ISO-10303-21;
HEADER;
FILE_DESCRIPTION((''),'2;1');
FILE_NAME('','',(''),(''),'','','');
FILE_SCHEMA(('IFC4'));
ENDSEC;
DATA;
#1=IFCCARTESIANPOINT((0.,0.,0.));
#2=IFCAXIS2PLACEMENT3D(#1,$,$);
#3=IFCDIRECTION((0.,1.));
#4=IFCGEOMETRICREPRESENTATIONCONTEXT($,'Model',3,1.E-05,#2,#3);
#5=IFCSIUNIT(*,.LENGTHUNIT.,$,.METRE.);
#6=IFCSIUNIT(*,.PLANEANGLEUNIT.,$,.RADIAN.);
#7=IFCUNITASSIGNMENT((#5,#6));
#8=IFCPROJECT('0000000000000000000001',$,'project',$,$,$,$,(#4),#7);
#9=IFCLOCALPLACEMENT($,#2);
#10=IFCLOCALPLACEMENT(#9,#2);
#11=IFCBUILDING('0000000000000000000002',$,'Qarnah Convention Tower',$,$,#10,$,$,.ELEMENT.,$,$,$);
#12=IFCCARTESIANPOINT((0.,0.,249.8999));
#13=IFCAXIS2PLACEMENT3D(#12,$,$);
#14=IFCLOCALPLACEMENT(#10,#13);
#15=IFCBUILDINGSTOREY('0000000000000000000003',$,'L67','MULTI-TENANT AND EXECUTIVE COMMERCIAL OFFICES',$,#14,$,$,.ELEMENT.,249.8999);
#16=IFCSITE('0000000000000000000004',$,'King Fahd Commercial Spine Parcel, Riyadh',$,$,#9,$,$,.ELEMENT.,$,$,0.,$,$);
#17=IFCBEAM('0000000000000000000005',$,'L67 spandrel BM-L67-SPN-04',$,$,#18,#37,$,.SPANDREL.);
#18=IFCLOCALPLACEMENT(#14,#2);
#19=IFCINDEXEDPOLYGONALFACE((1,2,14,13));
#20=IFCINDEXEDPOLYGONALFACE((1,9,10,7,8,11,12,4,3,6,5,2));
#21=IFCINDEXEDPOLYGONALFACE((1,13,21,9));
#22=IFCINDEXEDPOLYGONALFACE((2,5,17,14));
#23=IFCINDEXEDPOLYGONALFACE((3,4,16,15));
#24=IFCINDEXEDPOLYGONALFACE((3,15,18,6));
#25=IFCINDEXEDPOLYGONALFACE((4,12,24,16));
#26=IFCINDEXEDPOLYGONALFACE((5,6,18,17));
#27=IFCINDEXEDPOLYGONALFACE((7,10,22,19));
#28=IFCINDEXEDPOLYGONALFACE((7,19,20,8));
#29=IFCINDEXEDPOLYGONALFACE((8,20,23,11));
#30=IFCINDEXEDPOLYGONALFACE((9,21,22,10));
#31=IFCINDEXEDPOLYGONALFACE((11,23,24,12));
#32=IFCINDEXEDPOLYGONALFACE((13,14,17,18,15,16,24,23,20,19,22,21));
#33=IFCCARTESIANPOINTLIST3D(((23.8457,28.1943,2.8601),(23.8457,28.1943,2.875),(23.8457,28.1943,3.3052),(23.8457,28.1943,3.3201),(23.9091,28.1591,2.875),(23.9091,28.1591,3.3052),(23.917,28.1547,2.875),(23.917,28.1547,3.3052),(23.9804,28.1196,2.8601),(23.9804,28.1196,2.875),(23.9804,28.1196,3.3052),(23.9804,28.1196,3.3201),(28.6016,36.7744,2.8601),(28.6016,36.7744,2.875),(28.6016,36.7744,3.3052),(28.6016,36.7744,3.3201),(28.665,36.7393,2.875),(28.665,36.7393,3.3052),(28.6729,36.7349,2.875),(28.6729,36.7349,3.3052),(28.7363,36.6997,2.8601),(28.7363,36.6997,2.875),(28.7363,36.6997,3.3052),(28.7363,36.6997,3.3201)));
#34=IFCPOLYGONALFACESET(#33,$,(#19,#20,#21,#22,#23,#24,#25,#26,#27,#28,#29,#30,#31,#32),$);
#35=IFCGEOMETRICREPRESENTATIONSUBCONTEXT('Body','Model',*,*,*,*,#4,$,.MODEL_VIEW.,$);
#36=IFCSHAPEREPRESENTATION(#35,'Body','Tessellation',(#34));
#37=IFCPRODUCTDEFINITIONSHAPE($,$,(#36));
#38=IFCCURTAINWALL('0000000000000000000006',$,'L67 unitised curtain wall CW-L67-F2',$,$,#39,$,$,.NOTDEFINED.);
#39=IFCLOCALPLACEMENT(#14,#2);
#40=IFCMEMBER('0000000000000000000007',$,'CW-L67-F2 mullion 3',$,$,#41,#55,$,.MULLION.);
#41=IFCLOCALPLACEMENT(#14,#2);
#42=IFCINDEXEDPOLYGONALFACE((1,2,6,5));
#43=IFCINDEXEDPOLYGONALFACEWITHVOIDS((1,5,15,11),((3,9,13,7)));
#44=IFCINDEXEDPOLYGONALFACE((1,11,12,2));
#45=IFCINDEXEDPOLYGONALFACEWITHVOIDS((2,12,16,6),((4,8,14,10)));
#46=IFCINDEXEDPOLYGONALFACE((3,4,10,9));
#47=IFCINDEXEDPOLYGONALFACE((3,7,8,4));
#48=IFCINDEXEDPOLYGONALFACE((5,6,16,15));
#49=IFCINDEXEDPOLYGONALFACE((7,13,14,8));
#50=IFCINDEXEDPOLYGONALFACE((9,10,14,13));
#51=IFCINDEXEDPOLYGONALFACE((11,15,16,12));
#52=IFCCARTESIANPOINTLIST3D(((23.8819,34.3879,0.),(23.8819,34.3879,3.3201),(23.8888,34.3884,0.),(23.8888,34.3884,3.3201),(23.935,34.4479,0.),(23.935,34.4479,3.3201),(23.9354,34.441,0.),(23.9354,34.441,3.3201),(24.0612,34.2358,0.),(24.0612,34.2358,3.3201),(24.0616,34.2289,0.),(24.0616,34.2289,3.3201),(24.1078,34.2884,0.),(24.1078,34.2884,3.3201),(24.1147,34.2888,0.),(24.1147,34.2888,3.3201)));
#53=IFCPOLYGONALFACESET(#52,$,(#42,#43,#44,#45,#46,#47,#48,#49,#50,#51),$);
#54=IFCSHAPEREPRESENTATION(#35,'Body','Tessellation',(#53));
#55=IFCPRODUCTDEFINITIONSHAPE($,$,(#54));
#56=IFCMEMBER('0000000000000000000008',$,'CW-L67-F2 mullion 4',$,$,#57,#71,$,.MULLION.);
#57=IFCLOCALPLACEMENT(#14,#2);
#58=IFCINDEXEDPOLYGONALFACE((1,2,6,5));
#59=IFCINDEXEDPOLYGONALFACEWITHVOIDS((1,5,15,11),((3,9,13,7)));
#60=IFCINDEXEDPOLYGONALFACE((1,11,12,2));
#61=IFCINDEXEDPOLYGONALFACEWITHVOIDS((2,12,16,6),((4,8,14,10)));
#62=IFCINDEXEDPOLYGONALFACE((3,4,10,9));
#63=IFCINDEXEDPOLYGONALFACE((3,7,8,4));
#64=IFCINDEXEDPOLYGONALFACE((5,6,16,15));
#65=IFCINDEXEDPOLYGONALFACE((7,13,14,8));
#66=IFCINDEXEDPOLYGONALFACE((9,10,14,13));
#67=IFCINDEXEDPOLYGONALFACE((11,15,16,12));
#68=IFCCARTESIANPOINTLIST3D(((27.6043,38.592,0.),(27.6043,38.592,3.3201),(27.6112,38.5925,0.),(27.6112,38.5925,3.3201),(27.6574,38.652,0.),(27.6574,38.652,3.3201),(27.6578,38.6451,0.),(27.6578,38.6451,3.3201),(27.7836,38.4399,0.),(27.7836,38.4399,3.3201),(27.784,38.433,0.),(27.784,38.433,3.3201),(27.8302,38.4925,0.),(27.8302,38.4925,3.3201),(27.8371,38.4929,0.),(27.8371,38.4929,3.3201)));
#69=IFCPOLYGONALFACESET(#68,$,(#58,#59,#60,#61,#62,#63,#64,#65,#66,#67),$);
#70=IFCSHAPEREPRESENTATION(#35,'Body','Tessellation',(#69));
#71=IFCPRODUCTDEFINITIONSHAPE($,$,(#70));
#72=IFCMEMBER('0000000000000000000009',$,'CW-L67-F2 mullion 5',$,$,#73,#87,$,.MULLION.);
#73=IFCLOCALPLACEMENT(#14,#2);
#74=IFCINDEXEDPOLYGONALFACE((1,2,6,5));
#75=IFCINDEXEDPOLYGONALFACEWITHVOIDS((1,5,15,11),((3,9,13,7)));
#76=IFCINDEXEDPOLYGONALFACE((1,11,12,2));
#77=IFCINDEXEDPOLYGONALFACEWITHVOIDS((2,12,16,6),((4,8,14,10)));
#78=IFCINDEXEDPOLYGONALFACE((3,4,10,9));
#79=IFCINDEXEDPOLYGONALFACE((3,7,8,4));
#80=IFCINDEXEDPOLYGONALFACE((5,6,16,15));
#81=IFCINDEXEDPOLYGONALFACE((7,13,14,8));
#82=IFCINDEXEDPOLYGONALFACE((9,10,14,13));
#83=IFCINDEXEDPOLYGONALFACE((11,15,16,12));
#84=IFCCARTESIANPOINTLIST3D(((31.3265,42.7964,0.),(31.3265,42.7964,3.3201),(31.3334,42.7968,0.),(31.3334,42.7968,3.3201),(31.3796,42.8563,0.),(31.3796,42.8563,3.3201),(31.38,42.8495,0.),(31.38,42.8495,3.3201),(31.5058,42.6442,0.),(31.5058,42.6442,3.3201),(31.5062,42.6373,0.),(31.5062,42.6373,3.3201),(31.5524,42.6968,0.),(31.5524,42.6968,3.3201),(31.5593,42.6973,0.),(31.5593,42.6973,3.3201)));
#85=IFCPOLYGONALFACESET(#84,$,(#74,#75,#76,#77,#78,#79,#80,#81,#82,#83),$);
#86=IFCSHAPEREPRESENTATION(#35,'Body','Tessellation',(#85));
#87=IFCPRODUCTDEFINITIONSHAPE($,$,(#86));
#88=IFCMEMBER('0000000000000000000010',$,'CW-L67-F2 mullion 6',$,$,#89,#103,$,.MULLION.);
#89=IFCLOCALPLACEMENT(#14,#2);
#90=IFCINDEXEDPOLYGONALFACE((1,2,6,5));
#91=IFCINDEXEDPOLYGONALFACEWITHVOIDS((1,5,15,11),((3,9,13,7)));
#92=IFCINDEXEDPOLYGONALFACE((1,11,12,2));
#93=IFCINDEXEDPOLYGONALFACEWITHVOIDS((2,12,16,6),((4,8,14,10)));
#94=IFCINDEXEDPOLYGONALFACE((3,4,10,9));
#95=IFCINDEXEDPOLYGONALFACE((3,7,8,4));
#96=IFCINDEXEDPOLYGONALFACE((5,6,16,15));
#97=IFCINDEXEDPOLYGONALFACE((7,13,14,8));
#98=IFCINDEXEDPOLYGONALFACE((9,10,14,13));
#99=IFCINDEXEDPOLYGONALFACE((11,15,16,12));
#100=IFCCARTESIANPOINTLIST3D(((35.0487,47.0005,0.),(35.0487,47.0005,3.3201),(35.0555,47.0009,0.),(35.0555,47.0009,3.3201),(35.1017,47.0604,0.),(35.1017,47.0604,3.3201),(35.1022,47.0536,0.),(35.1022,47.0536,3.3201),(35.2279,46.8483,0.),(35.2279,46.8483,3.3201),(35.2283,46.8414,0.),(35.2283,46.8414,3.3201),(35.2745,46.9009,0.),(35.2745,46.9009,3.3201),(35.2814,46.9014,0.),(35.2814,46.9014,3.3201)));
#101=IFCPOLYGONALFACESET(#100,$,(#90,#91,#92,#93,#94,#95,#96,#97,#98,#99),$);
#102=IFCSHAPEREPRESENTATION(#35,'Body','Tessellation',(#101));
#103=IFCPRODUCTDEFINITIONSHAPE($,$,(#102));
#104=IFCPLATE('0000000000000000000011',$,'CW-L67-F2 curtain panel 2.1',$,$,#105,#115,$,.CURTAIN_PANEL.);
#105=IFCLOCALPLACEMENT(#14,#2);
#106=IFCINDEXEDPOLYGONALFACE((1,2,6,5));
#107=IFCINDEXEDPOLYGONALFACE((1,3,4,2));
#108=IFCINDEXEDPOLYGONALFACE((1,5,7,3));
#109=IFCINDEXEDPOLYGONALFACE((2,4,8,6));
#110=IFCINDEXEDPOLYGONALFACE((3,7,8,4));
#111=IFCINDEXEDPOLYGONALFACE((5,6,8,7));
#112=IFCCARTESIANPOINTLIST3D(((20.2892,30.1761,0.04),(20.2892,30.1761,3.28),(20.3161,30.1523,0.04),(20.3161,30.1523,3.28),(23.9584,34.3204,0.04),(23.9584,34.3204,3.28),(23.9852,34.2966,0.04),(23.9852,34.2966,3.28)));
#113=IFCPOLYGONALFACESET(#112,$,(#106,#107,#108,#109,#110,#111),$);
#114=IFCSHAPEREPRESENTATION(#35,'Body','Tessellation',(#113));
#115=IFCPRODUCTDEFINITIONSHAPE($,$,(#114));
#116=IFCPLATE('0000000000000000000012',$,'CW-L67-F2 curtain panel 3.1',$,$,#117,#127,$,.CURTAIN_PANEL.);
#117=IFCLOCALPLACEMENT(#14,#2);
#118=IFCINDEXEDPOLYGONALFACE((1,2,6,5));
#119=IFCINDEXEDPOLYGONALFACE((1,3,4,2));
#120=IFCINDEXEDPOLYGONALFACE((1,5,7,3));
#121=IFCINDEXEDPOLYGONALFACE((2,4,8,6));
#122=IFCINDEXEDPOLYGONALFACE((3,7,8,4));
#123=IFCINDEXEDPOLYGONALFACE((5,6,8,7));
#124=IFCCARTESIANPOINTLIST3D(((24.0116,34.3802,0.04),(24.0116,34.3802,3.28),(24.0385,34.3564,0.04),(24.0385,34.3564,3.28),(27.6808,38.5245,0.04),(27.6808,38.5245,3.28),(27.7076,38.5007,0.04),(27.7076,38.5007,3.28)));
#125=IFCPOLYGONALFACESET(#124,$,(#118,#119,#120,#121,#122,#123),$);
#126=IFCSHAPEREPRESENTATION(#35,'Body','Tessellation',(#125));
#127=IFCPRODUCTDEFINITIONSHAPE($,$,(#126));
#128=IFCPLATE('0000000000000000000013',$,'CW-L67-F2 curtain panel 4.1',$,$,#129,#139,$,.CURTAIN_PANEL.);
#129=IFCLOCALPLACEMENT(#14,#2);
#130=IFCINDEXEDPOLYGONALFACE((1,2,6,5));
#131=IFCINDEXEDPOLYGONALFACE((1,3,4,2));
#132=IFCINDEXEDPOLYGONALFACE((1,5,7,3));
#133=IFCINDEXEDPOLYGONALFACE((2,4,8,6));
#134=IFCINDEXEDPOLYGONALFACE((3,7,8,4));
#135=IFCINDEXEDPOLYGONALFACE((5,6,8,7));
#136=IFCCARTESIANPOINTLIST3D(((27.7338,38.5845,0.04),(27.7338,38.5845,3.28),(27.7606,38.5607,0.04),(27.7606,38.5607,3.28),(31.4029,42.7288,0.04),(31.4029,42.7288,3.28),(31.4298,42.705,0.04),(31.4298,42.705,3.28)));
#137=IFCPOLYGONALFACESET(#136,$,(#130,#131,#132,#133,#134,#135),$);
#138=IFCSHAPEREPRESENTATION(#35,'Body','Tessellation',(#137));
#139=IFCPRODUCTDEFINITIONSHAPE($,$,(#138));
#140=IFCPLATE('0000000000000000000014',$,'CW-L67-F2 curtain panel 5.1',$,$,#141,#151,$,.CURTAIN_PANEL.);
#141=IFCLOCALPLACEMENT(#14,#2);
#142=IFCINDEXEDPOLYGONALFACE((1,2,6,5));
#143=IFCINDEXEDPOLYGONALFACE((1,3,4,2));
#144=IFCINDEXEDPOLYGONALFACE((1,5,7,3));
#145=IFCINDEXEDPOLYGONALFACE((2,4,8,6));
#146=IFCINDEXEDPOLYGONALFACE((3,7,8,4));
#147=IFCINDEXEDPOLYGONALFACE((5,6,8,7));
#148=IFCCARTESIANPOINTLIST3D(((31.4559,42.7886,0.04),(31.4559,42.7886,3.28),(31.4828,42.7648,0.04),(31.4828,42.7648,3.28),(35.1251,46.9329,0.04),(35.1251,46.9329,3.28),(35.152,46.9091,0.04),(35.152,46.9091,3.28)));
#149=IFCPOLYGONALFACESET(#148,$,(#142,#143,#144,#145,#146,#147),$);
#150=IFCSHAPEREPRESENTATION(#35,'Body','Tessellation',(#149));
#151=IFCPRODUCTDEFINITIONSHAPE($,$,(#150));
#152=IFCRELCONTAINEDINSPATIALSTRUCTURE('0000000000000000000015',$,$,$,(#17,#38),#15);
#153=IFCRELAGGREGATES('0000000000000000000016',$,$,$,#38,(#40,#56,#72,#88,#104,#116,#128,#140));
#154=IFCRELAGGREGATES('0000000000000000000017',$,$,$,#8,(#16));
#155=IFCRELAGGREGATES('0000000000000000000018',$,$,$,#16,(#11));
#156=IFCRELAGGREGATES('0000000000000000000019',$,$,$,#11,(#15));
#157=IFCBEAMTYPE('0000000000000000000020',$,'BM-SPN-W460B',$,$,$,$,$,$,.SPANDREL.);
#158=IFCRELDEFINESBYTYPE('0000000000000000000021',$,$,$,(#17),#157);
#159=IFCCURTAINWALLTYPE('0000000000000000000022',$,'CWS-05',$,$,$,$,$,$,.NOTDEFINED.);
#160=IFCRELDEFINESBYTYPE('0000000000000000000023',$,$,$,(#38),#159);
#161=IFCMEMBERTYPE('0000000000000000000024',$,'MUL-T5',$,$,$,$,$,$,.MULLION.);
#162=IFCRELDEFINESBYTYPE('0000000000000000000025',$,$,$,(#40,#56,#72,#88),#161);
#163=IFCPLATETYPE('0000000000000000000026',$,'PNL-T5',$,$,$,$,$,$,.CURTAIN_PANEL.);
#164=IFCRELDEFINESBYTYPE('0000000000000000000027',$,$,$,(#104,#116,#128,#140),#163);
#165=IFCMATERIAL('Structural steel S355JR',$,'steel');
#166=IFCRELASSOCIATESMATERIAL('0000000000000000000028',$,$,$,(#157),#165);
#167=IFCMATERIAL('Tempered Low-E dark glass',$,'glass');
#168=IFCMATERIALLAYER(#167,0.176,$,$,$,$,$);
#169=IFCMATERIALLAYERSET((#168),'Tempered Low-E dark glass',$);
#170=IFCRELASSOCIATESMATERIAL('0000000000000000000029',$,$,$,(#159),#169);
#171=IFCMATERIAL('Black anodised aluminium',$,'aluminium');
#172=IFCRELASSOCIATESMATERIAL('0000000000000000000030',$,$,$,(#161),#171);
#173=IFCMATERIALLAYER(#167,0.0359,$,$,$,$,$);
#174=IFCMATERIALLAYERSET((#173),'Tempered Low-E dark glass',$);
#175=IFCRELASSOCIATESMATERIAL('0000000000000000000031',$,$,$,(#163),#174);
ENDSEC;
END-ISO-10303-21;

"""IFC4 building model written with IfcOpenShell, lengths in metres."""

from ifc_helpers import new_model, si_unit, direction, frame, origin, origin_2d, place, context, subcontext, project, spatial, rectangle, hollow_rectangle, i_section, extrude, material, layer, layer_set, material_profile, profile_set, type_object, element, aggregate, save


model = new_model("IFC4")

# Units and contexts
model_context = context("Model", 3, precision=1e-05, world=origin(), true_north=direction((0.0, 1.0)))
body_context = subcontext(model_context, "Body", "Model", "MODEL_VIEW")
ifc_project = project(units=[si_unit("LENGTHUNIT", "METRE"), si_unit("PLANEANGLEUNIT", "RADIAN")], contexts=[model_context])

# Site, building, storey
site_placement = place(None, origin())
site = spatial("IfcSite", under=ifc_project, at=site_placement, Name="King Fahd Commercial Spine Parcel, Riyadh", CompositionType="ELEMENT", RefElevation=0.0)
building_placement = place(site_placement, origin())
building = spatial("IfcBuilding", under=site, at=building_placement, Name="Qarnah Convention Tower", CompositionType="ELEMENT")
storey_placement = place(building_placement, frame((0.0, 0.0, 249.8999)))
storey = spatial("IfcBuildingStorey", under=building, at=storey_placement, Name="L67", Description="MULTI-TENANT AND EXECUTIVE COMMERCIAL OFFICES", CompositionType="ELEMENT", Elevation=249.8999)

# Beam
ifc_material_1 = material(Name="Structural steel S355JR", Category="steel")
ifc_material_profile_1 = material_profile(ifc_material_1, i_section(OverallWidth=0.1541, OverallDepth=0.46, WebThickness=0.009, FlangeThickness=0.0149, at=origin_2d()), Name="W460X68")
ifc_profile_set_1 = profile_set([ifc_material_profile_1], Name="Structural steel S355JR")
beam_type_1 = type_object("IfcBeamType", Name="BM-SPN-W460B", PredefinedType="SPANDREL", material=ifc_profile_set_1)
beam_1_placement = place(storey_placement, frame((28.6689, 36.7371, 3.0901), z_axis=(-0.484797, -0.874626, 0.0), x_axis=(0.874626, -0.484797, 0.0)))
element("IfcBeam", 1, at=beam_1_placement, inside=storey, type_object=beam_type_1, Name="L67 spandrel BM-L67-SPN-04", PredefinedType="SPANDREL", context=body_context, shape_type="SweptSolid", body=[
    extrude(i_section(OverallWidth=0.1541, OverallDepth=0.46, WebThickness=0.009, FlangeThickness=0.0149, at=origin_2d()), origin(), (0.0, 0.0, 1.0), 9.8101),
])

# Curtain wall, members, plates
ifc_material_2 = material(Name="Tempered Low-E dark glass", Category="glass")
ifc_layer_1 = layer(ifc_material_2, 0.176)
ifc_layer_set_1 = layer_set([ifc_layer_1], Name="Tempered Low-E dark glass")
curtain_wall_type = type_object("IfcCurtainWallType", Name="CWS-05", PredefinedType="NOTDEFINED", material=ifc_layer_set_1)
curtain_wall_placement = place(storey_placement, origin())
curtain_wall = element("IfcCurtainWall", 2, at=curtain_wall_placement, inside=storey, type_object=curtain_wall_type, Name="L67 unitised curtain wall CW-L67-F2", PredefinedType="NOTDEFINED")
ifc_material_3 = material(Name="Black anodised aluminium", Category="aluminium")
ifc_material_profile_2 = material_profile(ifc_material_3, hollow_rectangle(XDim=0.0801, YDim=0.24, WallThickness=0.0049, at=origin_2d()), Name="MUL-80X240")
ifc_profile_set_2 = profile_set([ifc_material_profile_2], Name="Black anodised aluminium")
member_type = type_object("IfcMemberType", Name="MUL-T5", PredefinedType="MULLION", material=ifc_profile_set_2)
member_1_placement = place(storey_placement, frame((23.9983, 34.3384, 0.0), z_axis=(0.0, 0.0, 1.0), x_axis=(0.662884, 0.748723, 0.0)))
member_1 = element("IfcMember", 3, at=member_1_placement, type_object=member_type, Name="CW-L67-F2 mullion 3", PredefinedType="MULLION", context=body_context, shape_type="SweptSolid", body=[
    extrude(hollow_rectangle(XDim=0.0801, YDim=0.24, WallThickness=0.0049, at=origin_2d()), origin(), (0.0, 0.0, 1.0), 3.3201),
])
member_2_placement = place(storey_placement, frame((27.7207, 38.5425, 0.0), z_axis=(0.0, 0.0, 1.0), x_axis=(0.662884, 0.748723, 0.0)))
member_2 = element("IfcMember", 4, at=member_2_placement, type_object=member_type, Name="CW-L67-F2 mullion 4", PredefinedType="MULLION", context=body_context, shape_type="SweptSolid", body=[
    extrude(hollow_rectangle(XDim=0.0801, YDim=0.24, WallThickness=0.0049, at=origin_2d()), origin(), (0.0, 0.0, 1.0), 3.3201),
])
member_3_placement = place(storey_placement, frame((31.4429, 42.7468, 0.0), z_axis=(0.0, 0.0, 1.0), x_axis=(0.662884, 0.748723, 0.0)))
member_3 = element("IfcMember", 5, at=member_3_placement, type_object=member_type, Name="CW-L67-F2 mullion 5", PredefinedType="MULLION", context=body_context, shape_type="SweptSolid", body=[
    extrude(hollow_rectangle(XDim=0.0801, YDim=0.24, WallThickness=0.0049, at=origin_2d()), origin(), (0.0, 0.0, 1.0), 3.3201),
])
member_4_placement = place(storey_placement, frame((35.165, 46.9509, 0.0), z_axis=(0.0, 0.0, 1.0), x_axis=(0.662884, 0.748723, 0.0)))
member_4 = element("IfcMember", 6, at=member_4_placement, type_object=member_type, Name="CW-L67-F2 mullion 6", PredefinedType="MULLION", context=body_context, shape_type="SweptSolid", body=[
    extrude(hollow_rectangle(XDim=0.0801, YDim=0.24, WallThickness=0.0049, at=origin_2d()), origin(), (0.0, 0.0, 1.0), 3.3201),
])
ifc_layer_2 = layer(ifc_material_2, 0.0359)
ifc_layer_set_2 = layer_set([ifc_layer_2], Name="Tempered Low-E dark glass")
plate_type = type_object("IfcPlateType", Name="PNL-T5", PredefinedType="CURTAIN_PANEL", material=ifc_layer_set_2)
plate_1_placement = place(storey_placement, frame((22.1372, 32.2363, 0.04), z_axis=(0.0, 0.0, 1.0), x_axis=(0.662884, 0.748723, 0.0)))
plate_1 = element("IfcPlate", 7, at=plate_1_placement, type_object=plate_type, Name="CW-L67-F2 curtain panel 2.1", PredefinedType="CURTAIN_PANEL", context=body_context, shape_type="SweptSolid", body=[
    extrude(rectangle(XDim=5.5352, YDim=0.0359, at=origin_2d()), origin(), (0.0, 0.0, 1.0), 3.24),
])
plate_2_placement = place(storey_placement, frame((25.8596, 36.4404, 0.04), z_axis=(0.0, 0.0, 1.0), x_axis=(0.662884, 0.748723, 0.0)))
plate_2 = element("IfcPlate", 8, at=plate_2_placement, type_object=plate_type, Name="CW-L67-F2 curtain panel 3.1", PredefinedType="CURTAIN_PANEL", context=body_context, shape_type="SweptSolid", body=[
    extrude(rectangle(XDim=5.5352, YDim=0.0359, at=origin_2d()), origin(), (0.0, 0.0, 1.0), 3.24),
])
plate_3_placement = place(storey_placement, frame((29.5818, 40.6448, 0.04), z_axis=(0.0, 0.0, 1.0), x_axis=(0.662884, 0.748723, 0.0)))
plate_3 = element("IfcPlate", 9, at=plate_3_placement, type_object=plate_type, Name="CW-L67-F2 curtain panel 4.1", PredefinedType="CURTAIN_PANEL", context=body_context, shape_type="SweptSolid", body=[
    extrude(rectangle(XDim=5.5352, YDim=0.0359, at=origin_2d()), origin(), (0.0, 0.0, 1.0), 3.24),
])
plate_4_placement = place(storey_placement, frame((33.304, 44.8489, 0.04), z_axis=(0.0, 0.0, 1.0), x_axis=(0.662884, 0.748723, 0.0)))
plate_4 = element("IfcPlate", 10, at=plate_4_placement, type_object=plate_type, Name="CW-L67-F2 curtain panel 5.1", PredefinedType="CURTAIN_PANEL", context=body_context, shape_type="SweptSolid", body=[
    extrude(rectangle(XDim=5.5352, YDim=0.0359, at=origin_2d()), origin(), (0.0, 0.0, 1.0), 3.24),
])
aggregate(curtain_wall, [member_1, member_2, member_3, member_4, plate_1, plate_2, plate_3, plate_4])

save(model, "model.ifc")
